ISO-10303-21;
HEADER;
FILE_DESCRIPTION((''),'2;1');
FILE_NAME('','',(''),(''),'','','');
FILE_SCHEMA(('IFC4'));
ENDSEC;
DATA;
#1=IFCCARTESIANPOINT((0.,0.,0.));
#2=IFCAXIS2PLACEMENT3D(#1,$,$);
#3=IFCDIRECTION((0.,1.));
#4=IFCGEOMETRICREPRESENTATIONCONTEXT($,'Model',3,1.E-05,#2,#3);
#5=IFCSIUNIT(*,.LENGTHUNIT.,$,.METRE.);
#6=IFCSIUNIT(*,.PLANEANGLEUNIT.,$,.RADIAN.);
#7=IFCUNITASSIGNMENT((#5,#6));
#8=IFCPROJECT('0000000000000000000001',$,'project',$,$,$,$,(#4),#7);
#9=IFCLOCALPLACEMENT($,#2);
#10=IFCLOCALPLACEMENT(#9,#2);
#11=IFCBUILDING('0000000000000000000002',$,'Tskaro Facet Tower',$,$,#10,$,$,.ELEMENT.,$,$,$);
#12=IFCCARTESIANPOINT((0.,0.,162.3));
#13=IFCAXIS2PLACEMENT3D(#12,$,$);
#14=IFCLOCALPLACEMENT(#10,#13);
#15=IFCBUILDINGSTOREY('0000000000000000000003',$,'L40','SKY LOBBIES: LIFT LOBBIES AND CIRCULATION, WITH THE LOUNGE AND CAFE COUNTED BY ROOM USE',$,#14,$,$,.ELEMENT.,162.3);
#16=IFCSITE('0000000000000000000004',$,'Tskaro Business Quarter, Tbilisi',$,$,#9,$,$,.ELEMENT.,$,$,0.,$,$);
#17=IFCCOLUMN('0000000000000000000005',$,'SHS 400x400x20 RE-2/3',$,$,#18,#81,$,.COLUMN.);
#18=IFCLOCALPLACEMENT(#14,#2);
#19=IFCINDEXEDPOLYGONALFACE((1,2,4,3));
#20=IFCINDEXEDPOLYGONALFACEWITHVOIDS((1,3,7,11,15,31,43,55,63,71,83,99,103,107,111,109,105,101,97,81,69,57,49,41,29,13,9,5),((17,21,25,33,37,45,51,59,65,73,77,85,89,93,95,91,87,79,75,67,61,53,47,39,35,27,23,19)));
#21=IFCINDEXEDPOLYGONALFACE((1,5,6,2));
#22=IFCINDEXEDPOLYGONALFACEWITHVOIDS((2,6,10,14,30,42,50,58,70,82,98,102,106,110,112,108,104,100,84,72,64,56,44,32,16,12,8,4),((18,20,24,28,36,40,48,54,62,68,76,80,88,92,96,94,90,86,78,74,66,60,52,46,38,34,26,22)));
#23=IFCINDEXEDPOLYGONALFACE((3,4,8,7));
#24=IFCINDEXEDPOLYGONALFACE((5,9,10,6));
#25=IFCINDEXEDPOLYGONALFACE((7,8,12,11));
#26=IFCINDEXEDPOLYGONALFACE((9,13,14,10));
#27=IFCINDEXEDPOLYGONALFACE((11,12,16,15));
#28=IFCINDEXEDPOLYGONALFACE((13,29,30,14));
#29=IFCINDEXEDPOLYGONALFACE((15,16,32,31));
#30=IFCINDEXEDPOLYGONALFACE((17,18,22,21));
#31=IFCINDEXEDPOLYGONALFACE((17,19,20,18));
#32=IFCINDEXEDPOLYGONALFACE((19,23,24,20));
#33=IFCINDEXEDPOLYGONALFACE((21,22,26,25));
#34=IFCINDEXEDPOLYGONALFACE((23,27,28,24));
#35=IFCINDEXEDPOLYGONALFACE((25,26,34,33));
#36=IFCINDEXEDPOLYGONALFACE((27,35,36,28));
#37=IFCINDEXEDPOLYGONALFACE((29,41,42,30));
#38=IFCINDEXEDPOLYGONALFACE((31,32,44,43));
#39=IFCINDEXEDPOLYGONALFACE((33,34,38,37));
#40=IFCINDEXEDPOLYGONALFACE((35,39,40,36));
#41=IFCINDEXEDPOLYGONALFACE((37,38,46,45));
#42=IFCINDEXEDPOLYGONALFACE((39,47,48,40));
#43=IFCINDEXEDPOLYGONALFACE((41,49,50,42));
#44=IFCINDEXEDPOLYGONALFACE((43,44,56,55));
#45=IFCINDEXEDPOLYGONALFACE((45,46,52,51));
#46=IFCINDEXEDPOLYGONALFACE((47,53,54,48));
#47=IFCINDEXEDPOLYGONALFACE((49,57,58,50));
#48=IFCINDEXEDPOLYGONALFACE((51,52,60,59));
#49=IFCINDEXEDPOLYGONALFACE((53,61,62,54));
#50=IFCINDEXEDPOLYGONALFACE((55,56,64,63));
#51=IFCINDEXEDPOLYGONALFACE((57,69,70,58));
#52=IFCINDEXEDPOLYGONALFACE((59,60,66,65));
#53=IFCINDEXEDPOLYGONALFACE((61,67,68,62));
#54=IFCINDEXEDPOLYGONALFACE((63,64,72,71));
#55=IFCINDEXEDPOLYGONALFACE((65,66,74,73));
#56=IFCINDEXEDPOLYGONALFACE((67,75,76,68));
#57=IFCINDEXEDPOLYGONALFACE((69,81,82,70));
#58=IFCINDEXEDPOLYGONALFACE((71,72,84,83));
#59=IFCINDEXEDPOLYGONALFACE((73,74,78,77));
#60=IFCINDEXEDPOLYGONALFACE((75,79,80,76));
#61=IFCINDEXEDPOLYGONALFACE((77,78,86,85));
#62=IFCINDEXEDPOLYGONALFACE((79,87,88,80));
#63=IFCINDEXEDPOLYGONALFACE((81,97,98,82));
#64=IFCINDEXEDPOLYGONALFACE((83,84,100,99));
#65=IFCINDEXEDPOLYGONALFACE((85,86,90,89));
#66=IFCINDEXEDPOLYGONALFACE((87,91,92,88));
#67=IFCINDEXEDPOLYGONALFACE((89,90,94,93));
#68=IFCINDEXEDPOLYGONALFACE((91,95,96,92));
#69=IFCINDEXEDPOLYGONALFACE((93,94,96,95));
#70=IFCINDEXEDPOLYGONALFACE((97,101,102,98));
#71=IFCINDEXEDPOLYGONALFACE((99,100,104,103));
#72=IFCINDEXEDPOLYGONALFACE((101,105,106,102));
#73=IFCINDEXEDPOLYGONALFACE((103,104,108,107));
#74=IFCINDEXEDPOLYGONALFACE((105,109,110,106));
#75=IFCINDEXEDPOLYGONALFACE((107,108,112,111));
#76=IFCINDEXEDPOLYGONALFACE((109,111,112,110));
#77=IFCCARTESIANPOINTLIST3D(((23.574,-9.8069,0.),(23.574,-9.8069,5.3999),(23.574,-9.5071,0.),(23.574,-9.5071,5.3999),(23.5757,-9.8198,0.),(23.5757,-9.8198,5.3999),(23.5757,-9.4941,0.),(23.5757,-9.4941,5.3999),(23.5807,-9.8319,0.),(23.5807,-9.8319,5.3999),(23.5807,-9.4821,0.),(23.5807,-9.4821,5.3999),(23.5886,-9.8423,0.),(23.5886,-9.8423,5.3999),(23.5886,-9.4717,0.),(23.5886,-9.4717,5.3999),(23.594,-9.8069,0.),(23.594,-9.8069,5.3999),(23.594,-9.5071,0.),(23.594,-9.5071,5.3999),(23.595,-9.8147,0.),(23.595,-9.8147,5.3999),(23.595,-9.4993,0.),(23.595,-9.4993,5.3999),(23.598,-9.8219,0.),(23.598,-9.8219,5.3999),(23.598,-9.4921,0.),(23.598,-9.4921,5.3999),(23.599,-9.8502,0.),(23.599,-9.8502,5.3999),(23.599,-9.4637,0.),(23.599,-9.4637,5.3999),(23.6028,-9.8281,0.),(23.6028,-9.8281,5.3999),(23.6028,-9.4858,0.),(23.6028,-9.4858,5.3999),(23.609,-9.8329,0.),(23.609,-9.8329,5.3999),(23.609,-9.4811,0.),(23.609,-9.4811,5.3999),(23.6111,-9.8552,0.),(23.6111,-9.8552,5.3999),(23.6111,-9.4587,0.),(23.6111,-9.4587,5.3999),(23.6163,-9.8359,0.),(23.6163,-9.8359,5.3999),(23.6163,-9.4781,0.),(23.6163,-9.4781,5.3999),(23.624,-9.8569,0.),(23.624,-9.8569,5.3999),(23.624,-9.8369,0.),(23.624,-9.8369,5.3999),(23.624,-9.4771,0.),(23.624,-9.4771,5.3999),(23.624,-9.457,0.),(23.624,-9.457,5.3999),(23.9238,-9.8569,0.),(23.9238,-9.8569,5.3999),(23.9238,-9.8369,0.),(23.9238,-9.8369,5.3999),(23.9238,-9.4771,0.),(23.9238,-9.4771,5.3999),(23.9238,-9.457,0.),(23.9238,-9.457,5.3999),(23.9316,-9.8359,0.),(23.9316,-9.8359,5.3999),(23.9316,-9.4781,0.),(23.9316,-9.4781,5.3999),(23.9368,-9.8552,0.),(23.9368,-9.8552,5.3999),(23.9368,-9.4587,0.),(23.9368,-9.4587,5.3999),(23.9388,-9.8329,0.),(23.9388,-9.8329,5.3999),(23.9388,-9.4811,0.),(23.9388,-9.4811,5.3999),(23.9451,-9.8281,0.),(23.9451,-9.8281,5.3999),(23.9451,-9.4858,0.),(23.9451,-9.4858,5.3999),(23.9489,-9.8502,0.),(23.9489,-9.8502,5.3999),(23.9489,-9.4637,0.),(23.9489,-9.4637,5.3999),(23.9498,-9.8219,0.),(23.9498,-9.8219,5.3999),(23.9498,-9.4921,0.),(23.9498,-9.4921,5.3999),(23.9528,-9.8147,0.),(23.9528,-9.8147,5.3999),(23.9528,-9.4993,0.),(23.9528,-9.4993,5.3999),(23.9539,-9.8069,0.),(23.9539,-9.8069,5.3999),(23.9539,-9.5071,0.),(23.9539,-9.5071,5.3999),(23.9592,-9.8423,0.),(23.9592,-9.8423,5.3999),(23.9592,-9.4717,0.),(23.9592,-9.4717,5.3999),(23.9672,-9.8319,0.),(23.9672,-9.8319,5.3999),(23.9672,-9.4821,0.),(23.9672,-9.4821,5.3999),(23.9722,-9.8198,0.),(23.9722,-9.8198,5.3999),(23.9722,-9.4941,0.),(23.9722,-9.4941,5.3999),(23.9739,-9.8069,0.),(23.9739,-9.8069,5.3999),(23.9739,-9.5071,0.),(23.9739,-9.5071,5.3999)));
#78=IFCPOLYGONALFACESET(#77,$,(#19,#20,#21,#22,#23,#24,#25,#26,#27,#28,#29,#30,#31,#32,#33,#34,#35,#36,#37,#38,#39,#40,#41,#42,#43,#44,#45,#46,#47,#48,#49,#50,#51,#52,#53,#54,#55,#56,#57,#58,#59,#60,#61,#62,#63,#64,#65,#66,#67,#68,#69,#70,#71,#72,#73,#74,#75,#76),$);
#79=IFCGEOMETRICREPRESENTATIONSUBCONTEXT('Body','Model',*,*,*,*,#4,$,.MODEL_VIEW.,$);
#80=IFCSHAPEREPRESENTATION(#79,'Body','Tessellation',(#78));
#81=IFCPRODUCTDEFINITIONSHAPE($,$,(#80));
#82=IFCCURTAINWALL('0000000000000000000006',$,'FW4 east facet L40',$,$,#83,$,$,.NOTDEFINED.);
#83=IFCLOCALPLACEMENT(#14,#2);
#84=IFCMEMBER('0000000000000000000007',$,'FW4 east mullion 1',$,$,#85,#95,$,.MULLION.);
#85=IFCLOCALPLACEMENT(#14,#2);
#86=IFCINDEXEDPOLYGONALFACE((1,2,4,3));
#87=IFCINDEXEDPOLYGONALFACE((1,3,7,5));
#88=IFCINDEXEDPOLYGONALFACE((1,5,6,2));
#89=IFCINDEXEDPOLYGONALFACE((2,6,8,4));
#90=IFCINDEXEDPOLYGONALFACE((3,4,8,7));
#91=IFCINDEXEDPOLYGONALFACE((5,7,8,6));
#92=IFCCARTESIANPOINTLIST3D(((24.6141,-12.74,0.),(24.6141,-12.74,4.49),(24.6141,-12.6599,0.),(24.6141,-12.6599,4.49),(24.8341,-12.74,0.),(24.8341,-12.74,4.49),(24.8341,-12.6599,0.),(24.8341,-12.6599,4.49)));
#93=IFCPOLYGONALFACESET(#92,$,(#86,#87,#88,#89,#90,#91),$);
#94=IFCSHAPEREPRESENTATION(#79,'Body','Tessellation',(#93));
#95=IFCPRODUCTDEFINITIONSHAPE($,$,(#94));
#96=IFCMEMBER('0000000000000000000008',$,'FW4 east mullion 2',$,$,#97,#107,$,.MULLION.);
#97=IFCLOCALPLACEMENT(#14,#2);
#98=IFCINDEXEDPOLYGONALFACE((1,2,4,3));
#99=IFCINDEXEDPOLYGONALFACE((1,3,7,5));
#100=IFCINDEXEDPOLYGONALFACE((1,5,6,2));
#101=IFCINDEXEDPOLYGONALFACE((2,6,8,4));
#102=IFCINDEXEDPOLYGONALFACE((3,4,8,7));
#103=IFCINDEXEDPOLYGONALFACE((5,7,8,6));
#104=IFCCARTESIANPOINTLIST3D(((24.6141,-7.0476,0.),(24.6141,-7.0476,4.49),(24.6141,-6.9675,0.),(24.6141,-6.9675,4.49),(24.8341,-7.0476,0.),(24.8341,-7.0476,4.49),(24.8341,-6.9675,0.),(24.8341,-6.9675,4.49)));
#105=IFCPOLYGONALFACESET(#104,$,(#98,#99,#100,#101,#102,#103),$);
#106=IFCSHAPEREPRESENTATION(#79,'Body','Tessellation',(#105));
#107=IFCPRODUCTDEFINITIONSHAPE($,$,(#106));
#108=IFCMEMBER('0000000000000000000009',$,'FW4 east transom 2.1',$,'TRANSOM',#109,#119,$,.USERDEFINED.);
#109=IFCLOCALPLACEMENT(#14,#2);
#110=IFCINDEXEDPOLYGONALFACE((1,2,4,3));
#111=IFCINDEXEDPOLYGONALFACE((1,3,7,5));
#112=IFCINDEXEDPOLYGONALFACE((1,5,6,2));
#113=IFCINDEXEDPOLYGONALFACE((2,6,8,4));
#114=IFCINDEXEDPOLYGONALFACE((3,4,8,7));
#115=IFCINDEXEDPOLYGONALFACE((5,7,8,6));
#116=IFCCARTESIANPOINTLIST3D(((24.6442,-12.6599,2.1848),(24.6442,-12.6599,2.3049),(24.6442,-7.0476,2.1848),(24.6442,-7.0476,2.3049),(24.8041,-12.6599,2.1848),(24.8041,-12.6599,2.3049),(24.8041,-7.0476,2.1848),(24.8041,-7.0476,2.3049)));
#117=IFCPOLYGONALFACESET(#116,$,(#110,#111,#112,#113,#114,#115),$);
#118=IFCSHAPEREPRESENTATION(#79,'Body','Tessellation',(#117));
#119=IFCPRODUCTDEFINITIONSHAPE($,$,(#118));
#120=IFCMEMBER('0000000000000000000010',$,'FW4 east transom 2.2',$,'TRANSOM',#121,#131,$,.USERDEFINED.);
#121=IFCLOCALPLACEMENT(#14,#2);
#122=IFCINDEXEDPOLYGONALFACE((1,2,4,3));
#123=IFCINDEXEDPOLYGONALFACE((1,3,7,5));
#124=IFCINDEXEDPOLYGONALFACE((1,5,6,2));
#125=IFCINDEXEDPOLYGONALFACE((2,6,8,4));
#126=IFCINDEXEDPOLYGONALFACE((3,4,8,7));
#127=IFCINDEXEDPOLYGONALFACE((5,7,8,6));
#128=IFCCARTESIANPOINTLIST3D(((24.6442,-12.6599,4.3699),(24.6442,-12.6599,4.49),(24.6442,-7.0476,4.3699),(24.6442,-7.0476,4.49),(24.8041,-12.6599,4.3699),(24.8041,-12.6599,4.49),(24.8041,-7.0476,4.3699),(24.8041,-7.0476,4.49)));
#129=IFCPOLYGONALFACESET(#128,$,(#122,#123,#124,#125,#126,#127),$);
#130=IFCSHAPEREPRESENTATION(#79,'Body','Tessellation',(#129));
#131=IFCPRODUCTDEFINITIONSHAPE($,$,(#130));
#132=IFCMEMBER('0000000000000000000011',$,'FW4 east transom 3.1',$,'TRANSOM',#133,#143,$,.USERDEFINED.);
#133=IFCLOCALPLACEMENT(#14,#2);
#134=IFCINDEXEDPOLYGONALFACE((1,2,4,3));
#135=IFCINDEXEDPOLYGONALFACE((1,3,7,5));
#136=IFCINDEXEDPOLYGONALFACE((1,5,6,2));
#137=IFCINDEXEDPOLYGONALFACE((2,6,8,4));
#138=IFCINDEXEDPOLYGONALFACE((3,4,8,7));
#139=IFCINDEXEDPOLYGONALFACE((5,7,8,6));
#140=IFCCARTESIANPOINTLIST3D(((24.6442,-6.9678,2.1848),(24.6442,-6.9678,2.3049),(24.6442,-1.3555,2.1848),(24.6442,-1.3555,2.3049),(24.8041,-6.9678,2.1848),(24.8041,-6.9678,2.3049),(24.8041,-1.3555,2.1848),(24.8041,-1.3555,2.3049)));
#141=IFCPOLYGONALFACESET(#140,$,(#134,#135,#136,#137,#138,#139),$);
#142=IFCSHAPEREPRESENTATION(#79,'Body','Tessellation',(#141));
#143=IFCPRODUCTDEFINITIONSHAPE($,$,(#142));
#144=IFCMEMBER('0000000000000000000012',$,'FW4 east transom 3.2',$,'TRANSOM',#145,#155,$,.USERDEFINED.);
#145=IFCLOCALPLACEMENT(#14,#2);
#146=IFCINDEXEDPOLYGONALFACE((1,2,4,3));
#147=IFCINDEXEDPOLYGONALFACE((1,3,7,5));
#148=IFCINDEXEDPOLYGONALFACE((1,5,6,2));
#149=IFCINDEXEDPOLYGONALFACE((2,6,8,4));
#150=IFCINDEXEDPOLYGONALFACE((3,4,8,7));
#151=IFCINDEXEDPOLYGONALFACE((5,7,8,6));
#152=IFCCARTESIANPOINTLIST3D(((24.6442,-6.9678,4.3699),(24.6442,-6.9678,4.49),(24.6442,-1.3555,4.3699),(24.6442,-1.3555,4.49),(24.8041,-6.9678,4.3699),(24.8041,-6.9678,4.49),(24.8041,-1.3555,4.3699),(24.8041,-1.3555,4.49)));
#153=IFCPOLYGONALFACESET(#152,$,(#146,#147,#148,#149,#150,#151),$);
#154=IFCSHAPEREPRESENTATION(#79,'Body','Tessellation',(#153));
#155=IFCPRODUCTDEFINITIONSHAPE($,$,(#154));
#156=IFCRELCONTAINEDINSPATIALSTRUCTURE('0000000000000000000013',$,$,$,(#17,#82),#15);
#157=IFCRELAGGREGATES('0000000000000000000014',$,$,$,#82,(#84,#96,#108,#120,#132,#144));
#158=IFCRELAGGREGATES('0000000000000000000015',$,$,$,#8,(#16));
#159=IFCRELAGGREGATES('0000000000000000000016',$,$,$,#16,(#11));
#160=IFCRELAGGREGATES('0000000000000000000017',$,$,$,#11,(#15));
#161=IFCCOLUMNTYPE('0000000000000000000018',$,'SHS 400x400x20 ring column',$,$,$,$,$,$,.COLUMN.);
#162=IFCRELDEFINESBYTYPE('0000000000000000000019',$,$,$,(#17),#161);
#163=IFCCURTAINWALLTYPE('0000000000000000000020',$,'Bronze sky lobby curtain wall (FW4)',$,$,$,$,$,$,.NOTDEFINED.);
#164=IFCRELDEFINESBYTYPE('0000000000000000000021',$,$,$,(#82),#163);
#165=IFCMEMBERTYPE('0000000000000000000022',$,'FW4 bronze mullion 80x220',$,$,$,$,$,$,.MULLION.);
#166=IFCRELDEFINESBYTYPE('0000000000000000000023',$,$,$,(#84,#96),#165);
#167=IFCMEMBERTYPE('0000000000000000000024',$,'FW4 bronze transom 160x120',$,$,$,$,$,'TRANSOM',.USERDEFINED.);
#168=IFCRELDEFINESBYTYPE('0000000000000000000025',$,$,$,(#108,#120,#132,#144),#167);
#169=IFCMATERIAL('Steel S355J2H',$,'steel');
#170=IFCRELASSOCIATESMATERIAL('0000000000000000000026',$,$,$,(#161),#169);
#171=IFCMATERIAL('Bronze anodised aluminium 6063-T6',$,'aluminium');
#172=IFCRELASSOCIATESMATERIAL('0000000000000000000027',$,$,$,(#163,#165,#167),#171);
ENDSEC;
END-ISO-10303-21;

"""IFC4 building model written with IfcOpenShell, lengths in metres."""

from ifc_helpers import new_model, si_unit, direction, frame, origin, origin_2d, place, context, subcontext, project, spatial, rectangle, hollow_rectangle, extrude, material, material_profile, profile_set, type_object, element, aggregate, save


model = new_model("IFC4")

# Units and contexts
model_context = context("Model", 3, precision=1e-05, world=origin(), true_north=direction((0.0, 1.0)))
body_context = subcontext(model_context, "Body", "Model", "MODEL_VIEW")
ifc_project = project(units=[si_unit("LENGTHUNIT", "METRE"), si_unit("PLANEANGLEUNIT", "RADIAN")], contexts=[model_context])

# Site, building, storey
site_placement = place(None, origin())
site = spatial("IfcSite", under=ifc_project, at=site_placement, Name="Tskaro Business Quarter, Tbilisi", CompositionType="ELEMENT", RefElevation=0.0)
building_placement = place(site_placement, origin())
building = spatial("IfcBuilding", under=site, at=building_placement, Name="Tskaro Facet Tower", CompositionType="ELEMENT")
storey_placement = place(building_placement, frame((0.0, 0.0, 162.3)))
storey = spatial("IfcBuildingStorey", under=building, at=storey_placement, Name="L40", Description="SKY LOBBIES: LIFT LOBBIES AND CIRCULATION, WITH THE LOUNGE AND CAFE COUNTED BY ROOM USE", CompositionType="ELEMENT", Elevation=162.3)

# Column
ifc_material_1 = material(Name="Steel S355J2H", Category="steel")
ifc_material_profile_1 = material_profile(ifc_material_1, hollow_rectangle(XDim=0.3999, YDim=0.3999, WallThickness=0.02, InnerFilletRadius=0.03, OuterFilletRadius=0.05, at=origin_2d()), Name="SHS 400x400x20")
ifc_profile_set_1 = profile_set([ifc_material_profile_1], Name="Steel S355J2H")
column_type_1 = type_object("IfcColumnType", Name="SHS 400x400x20 ring column", PredefinedType="COLUMN", material=ifc_profile_set_1)
for number, where, z_axis, x_axis, name in (
    (1, (23.7739, -9.657, 0.0), (0.0, 0.0, 1.0), (1.0, 0.0, 0.0), "SHS 400x400x20 RE-2/3"),
):
    element("IfcColumn", number, at=place(storey_placement, frame(where, z_axis=z_axis, x_axis=x_axis)), inside=storey, type_object=column_type_1, Name=name, PredefinedType="COLUMN", context=body_context, shape_type="SweptSolid", body=[
        extrude(hollow_rectangle(XDim=0.3999, YDim=0.3999, WallThickness=0.02, InnerFilletRadius=0.03, OuterFilletRadius=0.05, at=origin_2d()), origin(), (0.0, 0.0, 1.0), 5.3999),
    ])

# Curtain wall, members
ifc_material_2 = material(Name="Bronze anodised aluminium 6063-T6", Category="aluminium")
curtain_wall_type = type_object("IfcCurtainWallType", Name="Bronze sky lobby curtain wall (FW4)", PredefinedType="NOTDEFINED", material=ifc_material_2)
curtain_wall_placement = place(storey_placement, origin())
curtain_wall = element("IfcCurtainWall", 2, at=curtain_wall_placement, inside=storey, type_object=curtain_wall_type, Name="FW4 east facet L40", PredefinedType="NOTDEFINED")
ifc_material_profile_2 = material_profile(ifc_material_2, rectangle(XDim=0.0801, YDim=0.22, at=origin_2d()), Name="Mullion 80x220")
ifc_profile_set_2 = profile_set([ifc_material_profile_2], Name="Bronze anodised aluminium 6063-T6")
member_type_1 = type_object("IfcMemberType", Name="FW4 bronze mullion 80x220", PredefinedType="MULLION", material=ifc_profile_set_2)
member_1_placement = place(storey_placement, frame((24.7241, -12.7, 0.0), z_axis=(0.0, 0.0, 1.0), x_axis=(0.0, 1.0, 0.0)))
member_1 = element("IfcMember", 3, at=member_1_placement, type_object=member_type_1, Name="FW4 east mullion 1", PredefinedType="MULLION", context=body_context, shape_type="SweptSolid", body=[
    extrude(rectangle(XDim=0.0801, YDim=0.22, at=origin_2d()), origin(), (0.0, 0.0, 1.0), 4.49),
])
member_2_placement = place(storey_placement, frame((24.7241, -7.0076, 0.0), z_axis=(0.0, 0.0, 1.0), x_axis=(0.0, 1.0, 0.0)))
member_2 = element("IfcMember", 4, at=member_2_placement, type_object=member_type_1, Name="FW4 east mullion 2", PredefinedType="MULLION", context=body_context, shape_type="SweptSolid", body=[
    extrude(rectangle(XDim=0.0801, YDim=0.22, at=origin_2d()), origin(), (0.0, 0.0, 1.0), 4.49),
])
ifc_material_profile_3 = material_profile(ifc_material_2, rectangle(XDim=0.1599, YDim=0.1201, at=origin_2d()), Name="Transom 160x120")
ifc_profile_set_3 = profile_set([ifc_material_profile_3], Name="Bronze anodised aluminium 6063-T6")
member_type_2 = type_object("IfcMemberType", Name="FW4 bronze transom 160x120", ElementType="TRANSOM", PredefinedType="USERDEFINED", material=ifc_profile_set_3)
member_3_placement = place(storey_placement, frame((24.7241, -12.6599, 2.2449), z_axis=(0.0, 1.0, 0.0), x_axis=(-1.0, 0.0, 0.0)))
member_3 = element("IfcMember", 5, at=member_3_placement, type_object=member_type_2, Name="FW4 east transom 2.1", ObjectType="TRANSOM", PredefinedType="USERDEFINED", context=body_context, shape_type="SweptSolid", body=[
    extrude(rectangle(XDim=0.1599, YDim=0.1201, at=origin_2d()), origin(), (0.0, 0.0, 1.0), 5.6123),
])
member_4_placement = place(storey_placement, frame((24.7241, -12.6599, 4.4299), z_axis=(0.0, 1.0, 0.0), x_axis=(-1.0, 0.0, 0.0)))
member_4 = element("IfcMember", 6, at=member_4_placement, type_object=member_type_2, Name="FW4 east transom 2.2", ObjectType="TRANSOM", PredefinedType="USERDEFINED", context=body_context, shape_type="SweptSolid", body=[
    extrude(rectangle(XDim=0.1599, YDim=0.1201, at=origin_2d()), origin(), (0.0, 0.0, 1.0), 5.6123),
])
member_5_placement = place(storey_placement, frame((24.7241, -6.9678, 2.2449), z_axis=(0.0, 1.0, 0.0), x_axis=(-1.0, 0.0, 0.0)))
member_5 = element("IfcMember", 7, at=member_5_placement, type_object=member_type_2, Name="FW4 east transom 3.1", ObjectType="TRANSOM", PredefinedType="USERDEFINED", context=body_context, shape_type="SweptSolid", body=[
    extrude(rectangle(XDim=0.1599, YDim=0.1201, at=origin_2d()), origin(), (0.0, 0.0, 1.0), 5.6123),
])
member_6_placement = place(storey_placement, frame((24.7241, -6.9678, 4.4299), z_axis=(0.0, 1.0, 0.0), x_axis=(-1.0, 0.0, 0.0)))
member_6 = element("IfcMember", 8, at=member_6_placement, type_object=member_type_2, Name="FW4 east transom 3.2", ObjectType="TRANSOM", PredefinedType="USERDEFINED", context=body_context, shape_type="SweptSolid", body=[
    extrude(rectangle(XDim=0.1599, YDim=0.1201, at=origin_2d()), origin(), (0.0, 0.0, 1.0), 5.6123),
])

aggregate(curtain_wall, [member_1, member_2, member_3, member_4, member_5, member_6])

save(model, "model.ifc")
